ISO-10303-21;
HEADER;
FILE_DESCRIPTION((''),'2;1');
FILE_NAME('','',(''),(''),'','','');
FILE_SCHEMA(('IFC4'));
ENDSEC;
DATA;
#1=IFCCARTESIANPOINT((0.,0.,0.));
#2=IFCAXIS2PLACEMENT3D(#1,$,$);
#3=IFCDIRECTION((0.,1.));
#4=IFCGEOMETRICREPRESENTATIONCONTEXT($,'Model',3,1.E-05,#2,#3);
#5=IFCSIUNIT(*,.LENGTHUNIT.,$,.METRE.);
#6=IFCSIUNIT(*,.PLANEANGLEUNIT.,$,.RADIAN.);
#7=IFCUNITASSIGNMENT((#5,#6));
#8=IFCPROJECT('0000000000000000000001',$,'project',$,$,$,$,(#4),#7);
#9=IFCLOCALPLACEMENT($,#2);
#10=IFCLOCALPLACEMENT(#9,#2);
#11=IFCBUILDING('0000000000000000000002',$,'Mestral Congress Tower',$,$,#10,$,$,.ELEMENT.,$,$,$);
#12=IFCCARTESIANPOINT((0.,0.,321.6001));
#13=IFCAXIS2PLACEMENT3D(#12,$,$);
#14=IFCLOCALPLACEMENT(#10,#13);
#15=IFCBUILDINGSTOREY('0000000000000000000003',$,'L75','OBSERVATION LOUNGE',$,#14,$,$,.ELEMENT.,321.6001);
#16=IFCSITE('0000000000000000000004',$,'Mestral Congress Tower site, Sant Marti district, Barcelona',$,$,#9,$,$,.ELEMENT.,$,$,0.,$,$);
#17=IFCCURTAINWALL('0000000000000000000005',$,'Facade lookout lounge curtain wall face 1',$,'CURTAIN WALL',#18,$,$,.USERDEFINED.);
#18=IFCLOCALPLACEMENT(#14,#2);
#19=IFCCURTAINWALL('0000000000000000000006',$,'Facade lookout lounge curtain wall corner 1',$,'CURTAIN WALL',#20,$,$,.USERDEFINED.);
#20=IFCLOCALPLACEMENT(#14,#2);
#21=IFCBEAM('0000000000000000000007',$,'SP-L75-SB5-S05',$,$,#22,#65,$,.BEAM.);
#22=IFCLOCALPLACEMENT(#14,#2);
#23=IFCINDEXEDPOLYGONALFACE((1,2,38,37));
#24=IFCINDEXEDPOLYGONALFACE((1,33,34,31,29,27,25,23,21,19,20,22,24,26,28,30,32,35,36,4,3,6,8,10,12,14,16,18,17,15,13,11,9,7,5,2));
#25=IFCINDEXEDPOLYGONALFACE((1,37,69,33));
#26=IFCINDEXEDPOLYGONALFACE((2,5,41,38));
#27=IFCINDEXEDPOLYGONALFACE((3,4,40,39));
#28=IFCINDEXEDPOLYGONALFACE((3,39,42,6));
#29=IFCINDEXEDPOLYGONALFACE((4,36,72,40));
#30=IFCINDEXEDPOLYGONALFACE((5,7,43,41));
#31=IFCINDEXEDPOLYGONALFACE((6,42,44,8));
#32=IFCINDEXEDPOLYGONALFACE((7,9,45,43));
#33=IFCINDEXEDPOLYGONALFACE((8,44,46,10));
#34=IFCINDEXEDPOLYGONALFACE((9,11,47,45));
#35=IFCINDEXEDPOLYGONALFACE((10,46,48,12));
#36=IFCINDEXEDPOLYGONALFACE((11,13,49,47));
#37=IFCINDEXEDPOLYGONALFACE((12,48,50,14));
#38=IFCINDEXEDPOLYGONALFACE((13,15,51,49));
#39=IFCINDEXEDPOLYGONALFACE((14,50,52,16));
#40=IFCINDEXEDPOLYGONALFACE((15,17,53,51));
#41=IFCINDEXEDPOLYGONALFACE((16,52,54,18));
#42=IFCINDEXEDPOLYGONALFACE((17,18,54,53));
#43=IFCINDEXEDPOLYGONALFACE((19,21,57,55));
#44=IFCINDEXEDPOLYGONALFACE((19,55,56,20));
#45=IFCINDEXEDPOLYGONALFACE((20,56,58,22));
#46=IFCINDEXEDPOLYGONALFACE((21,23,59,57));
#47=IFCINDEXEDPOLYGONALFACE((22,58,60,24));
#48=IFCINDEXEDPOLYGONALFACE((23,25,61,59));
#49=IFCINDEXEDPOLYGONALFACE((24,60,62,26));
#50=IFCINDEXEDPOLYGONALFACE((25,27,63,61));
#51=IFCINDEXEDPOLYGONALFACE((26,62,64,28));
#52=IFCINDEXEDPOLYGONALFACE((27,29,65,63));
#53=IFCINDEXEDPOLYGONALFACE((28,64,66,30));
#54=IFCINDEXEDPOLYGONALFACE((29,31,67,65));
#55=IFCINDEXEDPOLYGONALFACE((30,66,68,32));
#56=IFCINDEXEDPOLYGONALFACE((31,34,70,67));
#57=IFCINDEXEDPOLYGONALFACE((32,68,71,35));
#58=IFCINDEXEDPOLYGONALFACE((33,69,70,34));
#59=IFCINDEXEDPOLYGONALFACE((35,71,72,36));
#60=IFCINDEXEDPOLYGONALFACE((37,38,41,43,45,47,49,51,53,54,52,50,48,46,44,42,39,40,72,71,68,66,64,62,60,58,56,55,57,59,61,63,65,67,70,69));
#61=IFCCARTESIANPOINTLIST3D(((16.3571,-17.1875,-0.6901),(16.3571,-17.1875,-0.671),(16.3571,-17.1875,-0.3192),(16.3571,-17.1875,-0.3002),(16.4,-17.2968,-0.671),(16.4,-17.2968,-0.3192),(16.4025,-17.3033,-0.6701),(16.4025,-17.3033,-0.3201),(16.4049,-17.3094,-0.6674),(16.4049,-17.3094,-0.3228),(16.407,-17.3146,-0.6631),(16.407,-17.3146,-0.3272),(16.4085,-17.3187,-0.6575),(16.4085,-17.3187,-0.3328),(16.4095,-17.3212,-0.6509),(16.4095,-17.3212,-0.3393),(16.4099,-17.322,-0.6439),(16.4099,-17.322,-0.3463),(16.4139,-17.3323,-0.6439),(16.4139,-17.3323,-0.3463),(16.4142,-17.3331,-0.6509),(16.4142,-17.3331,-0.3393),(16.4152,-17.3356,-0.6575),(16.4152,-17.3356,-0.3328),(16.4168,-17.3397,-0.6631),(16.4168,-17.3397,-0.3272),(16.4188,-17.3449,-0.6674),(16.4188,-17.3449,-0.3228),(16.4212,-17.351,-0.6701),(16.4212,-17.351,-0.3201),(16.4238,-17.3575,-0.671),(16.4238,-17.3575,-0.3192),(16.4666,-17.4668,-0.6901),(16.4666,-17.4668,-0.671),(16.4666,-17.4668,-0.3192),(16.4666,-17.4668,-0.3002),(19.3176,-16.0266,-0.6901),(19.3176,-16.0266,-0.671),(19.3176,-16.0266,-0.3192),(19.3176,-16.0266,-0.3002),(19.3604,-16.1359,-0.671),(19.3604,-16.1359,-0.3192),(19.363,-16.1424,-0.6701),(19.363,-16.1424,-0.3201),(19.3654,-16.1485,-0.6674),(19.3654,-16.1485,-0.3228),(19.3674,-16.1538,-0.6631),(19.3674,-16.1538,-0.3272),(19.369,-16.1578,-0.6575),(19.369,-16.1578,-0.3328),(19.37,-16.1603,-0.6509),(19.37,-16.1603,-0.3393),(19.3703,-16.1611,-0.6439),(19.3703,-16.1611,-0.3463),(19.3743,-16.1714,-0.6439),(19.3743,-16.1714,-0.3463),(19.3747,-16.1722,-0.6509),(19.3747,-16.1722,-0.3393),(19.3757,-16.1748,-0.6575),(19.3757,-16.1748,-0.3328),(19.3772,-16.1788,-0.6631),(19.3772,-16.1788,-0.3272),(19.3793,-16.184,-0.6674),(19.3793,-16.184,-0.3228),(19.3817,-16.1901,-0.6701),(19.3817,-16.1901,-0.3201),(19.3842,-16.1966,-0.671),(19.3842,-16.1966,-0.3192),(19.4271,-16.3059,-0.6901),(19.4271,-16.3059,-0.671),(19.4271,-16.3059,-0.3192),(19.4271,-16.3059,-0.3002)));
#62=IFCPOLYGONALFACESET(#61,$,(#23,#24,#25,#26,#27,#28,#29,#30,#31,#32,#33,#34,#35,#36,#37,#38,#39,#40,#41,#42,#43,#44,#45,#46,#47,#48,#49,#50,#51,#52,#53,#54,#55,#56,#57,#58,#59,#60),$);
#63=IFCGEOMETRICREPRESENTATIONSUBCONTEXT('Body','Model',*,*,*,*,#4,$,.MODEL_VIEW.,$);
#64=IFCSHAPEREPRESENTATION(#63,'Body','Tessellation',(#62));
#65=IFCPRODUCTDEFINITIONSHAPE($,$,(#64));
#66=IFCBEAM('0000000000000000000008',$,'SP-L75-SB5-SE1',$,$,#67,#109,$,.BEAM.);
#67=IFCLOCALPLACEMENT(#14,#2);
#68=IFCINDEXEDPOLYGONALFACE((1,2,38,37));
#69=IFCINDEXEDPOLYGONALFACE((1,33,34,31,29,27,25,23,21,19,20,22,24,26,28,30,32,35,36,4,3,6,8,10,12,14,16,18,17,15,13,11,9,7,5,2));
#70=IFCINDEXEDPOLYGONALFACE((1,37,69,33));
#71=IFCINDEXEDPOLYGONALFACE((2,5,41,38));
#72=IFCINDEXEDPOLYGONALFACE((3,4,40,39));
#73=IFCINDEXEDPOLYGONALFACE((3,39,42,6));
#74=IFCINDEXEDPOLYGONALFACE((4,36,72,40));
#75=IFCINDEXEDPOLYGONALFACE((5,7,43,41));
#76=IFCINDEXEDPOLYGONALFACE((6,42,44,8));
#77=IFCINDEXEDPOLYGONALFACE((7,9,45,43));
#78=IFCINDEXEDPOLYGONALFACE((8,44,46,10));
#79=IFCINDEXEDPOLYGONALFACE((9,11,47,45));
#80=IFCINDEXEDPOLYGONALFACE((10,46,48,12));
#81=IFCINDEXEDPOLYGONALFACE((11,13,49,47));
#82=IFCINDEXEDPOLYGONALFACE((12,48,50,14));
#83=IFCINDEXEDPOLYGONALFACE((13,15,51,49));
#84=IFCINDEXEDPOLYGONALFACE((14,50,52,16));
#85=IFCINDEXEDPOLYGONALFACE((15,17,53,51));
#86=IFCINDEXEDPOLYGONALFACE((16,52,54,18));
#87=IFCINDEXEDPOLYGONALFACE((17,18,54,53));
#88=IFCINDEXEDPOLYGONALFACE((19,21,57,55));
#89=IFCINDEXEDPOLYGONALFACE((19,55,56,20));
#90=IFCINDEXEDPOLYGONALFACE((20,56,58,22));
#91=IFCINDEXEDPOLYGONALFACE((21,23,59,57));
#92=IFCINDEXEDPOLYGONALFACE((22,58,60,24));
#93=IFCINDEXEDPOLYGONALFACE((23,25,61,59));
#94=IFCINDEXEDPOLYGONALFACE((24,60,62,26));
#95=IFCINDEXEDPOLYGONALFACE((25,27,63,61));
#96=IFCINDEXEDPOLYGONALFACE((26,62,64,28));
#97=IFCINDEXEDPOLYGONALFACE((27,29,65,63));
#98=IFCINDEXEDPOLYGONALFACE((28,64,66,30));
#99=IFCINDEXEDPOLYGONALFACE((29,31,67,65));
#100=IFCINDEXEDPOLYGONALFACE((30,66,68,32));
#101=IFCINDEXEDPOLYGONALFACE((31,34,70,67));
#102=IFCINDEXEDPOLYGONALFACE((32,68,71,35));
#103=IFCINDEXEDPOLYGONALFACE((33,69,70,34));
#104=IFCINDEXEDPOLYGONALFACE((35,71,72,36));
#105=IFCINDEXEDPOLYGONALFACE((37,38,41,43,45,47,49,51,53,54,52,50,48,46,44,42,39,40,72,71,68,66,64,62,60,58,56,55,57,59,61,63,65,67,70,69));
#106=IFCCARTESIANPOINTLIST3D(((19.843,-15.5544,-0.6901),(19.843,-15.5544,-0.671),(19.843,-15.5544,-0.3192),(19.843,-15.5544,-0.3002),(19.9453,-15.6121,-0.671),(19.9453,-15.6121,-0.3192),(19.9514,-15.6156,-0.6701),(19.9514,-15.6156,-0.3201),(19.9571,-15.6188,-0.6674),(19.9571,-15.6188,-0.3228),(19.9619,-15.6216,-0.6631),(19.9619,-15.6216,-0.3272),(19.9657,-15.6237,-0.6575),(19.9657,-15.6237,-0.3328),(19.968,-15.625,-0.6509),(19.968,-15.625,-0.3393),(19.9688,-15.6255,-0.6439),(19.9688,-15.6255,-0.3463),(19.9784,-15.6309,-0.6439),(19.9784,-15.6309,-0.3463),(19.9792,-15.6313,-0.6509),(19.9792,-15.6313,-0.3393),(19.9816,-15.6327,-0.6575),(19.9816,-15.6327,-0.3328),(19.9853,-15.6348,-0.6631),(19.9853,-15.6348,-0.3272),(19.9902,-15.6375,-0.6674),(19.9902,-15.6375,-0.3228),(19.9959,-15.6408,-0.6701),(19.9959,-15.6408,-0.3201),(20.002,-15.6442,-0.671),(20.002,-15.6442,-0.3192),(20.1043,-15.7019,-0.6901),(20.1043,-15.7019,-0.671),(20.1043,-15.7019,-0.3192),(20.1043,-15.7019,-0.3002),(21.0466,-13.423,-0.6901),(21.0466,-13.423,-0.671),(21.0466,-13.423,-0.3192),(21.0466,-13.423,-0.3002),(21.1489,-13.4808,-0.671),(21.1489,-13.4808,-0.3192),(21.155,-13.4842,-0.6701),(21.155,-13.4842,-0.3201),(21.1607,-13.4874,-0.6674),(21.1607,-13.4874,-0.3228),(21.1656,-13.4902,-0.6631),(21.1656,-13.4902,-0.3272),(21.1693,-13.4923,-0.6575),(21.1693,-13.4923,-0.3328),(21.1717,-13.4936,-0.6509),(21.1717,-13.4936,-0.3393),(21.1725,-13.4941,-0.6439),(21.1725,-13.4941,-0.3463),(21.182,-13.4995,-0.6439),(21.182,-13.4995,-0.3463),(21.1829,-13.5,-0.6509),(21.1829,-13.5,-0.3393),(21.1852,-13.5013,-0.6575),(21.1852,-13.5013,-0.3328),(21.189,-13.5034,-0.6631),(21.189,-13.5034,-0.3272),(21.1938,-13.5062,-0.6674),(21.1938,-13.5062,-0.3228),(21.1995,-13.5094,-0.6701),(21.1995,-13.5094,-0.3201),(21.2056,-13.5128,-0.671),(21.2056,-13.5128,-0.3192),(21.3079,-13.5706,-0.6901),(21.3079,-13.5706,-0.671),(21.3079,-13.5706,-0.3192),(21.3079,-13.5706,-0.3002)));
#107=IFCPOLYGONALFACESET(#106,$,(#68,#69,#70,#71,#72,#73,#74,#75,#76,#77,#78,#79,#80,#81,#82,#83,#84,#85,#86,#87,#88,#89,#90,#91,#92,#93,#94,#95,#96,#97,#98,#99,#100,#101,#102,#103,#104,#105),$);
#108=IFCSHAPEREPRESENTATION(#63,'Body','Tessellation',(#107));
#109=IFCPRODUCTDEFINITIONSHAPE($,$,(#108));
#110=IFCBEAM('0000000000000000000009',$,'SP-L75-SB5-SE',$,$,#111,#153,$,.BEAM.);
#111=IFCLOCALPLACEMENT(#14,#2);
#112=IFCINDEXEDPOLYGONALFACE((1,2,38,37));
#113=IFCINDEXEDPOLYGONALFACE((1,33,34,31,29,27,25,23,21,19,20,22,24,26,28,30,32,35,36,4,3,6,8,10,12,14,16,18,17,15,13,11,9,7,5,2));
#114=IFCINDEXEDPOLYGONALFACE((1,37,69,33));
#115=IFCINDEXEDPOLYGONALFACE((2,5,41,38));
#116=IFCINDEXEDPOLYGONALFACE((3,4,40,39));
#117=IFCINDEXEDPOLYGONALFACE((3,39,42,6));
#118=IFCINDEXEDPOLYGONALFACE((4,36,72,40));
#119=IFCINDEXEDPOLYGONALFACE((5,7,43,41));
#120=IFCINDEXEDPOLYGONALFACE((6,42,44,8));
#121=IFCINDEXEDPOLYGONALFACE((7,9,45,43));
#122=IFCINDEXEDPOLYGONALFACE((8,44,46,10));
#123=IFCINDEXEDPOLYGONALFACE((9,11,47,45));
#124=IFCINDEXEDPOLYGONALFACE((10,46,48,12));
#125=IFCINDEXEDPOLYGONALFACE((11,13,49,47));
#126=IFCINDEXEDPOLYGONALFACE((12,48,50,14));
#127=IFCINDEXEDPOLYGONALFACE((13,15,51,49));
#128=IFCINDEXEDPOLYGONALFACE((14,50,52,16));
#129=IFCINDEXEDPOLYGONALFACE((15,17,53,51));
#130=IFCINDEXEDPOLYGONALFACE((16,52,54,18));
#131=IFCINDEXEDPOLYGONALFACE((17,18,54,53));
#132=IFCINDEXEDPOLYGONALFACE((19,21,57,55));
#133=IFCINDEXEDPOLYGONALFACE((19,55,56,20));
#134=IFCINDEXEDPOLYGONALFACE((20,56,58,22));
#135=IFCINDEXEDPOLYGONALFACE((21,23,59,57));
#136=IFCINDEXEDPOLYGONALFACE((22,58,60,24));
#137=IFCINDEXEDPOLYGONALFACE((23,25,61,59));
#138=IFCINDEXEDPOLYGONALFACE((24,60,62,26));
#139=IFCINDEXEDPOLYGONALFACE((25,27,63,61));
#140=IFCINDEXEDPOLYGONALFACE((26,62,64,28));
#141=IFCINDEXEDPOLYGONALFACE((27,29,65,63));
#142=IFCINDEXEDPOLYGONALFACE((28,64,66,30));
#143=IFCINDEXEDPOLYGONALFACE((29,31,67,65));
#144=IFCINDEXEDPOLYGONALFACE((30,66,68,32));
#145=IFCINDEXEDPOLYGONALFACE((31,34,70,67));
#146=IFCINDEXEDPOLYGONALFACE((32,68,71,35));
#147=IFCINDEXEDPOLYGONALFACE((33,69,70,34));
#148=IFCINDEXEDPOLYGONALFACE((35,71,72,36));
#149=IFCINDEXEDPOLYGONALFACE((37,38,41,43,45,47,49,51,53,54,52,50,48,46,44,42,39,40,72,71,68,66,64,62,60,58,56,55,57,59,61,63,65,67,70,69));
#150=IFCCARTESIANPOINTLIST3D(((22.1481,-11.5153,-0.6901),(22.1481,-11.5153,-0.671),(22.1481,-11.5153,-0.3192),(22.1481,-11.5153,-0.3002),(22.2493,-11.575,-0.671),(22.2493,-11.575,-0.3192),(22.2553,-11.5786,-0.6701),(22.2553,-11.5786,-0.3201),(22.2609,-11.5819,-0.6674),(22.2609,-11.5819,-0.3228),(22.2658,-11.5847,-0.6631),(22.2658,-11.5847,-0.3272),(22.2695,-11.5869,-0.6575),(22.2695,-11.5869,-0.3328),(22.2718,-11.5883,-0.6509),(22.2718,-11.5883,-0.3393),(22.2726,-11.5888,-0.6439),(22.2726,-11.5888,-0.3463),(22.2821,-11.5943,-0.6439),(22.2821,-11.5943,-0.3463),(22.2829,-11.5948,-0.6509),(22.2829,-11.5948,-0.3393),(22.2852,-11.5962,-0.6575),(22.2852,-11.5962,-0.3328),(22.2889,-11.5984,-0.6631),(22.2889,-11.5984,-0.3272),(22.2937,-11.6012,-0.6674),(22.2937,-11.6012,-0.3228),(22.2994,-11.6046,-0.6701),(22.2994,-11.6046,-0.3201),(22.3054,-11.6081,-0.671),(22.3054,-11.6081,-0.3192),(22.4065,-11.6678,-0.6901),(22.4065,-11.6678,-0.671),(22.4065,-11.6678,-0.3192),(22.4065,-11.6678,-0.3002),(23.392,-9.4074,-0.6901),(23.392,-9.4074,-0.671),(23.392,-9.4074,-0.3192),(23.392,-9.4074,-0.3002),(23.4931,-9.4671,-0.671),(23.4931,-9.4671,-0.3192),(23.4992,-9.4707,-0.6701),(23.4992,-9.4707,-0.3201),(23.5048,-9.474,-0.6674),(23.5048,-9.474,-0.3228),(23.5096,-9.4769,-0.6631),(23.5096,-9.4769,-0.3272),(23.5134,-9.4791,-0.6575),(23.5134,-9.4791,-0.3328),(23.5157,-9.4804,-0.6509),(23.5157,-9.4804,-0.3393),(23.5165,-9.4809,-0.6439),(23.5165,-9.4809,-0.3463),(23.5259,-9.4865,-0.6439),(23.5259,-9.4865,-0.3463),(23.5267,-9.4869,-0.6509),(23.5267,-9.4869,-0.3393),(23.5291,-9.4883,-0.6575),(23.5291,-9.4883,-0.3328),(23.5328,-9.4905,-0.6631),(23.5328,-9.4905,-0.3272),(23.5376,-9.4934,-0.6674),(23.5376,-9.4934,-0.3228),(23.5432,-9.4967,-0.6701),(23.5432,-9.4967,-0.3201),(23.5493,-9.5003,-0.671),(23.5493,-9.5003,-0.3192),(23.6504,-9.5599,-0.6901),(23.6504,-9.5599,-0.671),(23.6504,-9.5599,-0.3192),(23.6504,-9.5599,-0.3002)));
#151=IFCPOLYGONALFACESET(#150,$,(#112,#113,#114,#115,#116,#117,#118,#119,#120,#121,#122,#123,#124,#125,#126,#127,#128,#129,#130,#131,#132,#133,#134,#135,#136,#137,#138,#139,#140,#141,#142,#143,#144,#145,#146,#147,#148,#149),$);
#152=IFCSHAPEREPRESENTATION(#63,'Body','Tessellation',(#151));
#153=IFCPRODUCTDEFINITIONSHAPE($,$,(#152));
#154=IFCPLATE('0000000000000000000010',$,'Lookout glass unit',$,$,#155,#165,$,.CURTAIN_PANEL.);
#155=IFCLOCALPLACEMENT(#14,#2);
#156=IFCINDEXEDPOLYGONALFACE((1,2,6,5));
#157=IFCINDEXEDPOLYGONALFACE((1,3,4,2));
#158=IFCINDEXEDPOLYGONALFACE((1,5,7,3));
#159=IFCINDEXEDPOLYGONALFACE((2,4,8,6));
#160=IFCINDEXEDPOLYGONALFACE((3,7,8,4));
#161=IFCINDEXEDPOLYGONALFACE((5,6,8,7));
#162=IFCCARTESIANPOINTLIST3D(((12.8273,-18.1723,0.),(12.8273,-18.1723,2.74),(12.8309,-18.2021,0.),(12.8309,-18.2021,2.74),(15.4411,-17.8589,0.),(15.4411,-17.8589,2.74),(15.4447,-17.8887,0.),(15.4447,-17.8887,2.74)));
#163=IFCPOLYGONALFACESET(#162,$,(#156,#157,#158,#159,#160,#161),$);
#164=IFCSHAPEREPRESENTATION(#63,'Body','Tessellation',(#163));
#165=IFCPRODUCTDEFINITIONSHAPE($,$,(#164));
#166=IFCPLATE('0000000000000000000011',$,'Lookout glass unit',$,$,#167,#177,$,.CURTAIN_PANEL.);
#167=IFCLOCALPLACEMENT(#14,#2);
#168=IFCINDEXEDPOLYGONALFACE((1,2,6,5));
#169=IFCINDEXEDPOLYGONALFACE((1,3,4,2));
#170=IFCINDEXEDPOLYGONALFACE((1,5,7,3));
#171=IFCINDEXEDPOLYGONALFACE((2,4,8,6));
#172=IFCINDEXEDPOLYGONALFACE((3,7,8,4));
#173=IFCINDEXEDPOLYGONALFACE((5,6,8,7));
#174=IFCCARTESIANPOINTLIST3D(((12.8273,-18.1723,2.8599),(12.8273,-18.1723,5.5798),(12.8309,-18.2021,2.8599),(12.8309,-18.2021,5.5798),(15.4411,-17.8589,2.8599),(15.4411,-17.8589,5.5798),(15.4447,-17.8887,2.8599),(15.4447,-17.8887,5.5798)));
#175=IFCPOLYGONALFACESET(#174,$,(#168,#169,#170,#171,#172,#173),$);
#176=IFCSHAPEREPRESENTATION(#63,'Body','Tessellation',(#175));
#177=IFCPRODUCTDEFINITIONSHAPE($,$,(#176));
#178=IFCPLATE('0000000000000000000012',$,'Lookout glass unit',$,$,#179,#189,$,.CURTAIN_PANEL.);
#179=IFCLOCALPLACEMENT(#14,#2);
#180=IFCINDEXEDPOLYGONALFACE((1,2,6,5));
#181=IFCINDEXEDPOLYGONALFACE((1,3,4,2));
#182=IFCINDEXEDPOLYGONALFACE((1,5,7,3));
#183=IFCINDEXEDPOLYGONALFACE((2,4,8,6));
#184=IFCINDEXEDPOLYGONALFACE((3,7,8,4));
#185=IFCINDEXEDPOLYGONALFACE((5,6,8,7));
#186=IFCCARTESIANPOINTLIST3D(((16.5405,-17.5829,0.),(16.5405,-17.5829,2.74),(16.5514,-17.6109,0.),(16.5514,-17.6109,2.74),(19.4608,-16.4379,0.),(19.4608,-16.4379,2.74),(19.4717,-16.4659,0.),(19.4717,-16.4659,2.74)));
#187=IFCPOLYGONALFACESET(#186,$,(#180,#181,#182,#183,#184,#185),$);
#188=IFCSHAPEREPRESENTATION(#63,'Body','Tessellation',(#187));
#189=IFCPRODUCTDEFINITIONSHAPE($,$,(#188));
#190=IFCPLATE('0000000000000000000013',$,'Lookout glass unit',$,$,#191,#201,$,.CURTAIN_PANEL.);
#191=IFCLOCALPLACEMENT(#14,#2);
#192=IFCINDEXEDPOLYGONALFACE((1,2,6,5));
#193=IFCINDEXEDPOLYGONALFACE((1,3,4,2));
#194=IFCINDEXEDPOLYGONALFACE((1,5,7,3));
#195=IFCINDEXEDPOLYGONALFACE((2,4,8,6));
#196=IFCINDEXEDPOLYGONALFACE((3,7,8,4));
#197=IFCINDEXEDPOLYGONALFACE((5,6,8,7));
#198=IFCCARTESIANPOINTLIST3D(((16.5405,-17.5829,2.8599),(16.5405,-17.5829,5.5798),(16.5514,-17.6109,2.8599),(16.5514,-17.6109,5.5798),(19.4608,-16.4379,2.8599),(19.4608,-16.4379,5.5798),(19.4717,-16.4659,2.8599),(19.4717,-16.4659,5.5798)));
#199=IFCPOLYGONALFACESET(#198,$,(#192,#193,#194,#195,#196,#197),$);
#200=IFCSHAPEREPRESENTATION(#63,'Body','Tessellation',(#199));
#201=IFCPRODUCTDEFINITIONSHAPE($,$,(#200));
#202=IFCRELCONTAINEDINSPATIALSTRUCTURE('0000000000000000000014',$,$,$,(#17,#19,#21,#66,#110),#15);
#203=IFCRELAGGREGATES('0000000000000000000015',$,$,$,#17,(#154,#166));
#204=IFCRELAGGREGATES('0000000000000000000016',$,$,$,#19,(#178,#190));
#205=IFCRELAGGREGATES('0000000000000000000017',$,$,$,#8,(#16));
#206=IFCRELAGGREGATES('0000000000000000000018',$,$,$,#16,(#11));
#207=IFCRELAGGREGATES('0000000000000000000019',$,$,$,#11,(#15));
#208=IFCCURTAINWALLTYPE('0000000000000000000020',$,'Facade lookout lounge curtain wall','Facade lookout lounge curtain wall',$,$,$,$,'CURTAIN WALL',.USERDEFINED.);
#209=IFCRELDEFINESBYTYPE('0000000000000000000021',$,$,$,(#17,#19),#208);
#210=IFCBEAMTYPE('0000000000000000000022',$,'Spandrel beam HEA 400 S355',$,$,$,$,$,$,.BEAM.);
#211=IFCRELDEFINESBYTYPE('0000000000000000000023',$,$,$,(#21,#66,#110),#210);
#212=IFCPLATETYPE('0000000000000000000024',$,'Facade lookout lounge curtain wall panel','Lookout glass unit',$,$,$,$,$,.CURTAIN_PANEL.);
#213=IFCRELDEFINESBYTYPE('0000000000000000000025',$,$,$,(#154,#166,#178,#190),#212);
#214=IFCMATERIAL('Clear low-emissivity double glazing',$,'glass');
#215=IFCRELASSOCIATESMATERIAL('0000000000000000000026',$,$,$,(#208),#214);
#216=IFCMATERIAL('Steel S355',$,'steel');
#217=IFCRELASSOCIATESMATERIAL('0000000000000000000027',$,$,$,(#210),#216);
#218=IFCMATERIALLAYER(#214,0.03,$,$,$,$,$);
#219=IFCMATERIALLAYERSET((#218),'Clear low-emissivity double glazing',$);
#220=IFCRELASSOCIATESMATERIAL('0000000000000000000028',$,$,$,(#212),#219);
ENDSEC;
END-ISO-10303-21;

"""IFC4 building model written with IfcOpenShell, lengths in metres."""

from ifc_helpers import new_model, si_unit, direction, frame, origin, origin_2d, place, context, subcontext, project, spatial, rectangle, i_section, extrude, material, layer, layer_set, material_profile, profile_set, type_object, element, aggregate, save


model = new_model("IFC4")

# Units and contexts
model_context = context("Model", 3, precision=1e-05, world=origin(), true_north=direction((0.0, 1.0)))
body_context = subcontext(model_context, "Body", "Model", "MODEL_VIEW")
ifc_project = project(units=[si_unit("LENGTHUNIT", "METRE"), si_unit("PLANEANGLEUNIT", "RADIAN")], contexts=[model_context])

# Site, building, storey
site_placement = place(None, origin())
site = spatial("IfcSite", under=ifc_project, at=site_placement, Name="Mestral Congress Tower site, Sant Marti district, Barcelona", CompositionType="ELEMENT", RefElevation=0.0)
building_placement = place(site_placement, origin())
building = spatial("IfcBuilding", under=site, at=building_placement, Name="Mestral Congress Tower", CompositionType="ELEMENT")
storey_placement = place(building_placement, frame((0.0, 0.0, 321.6001)))
storey = spatial("IfcBuildingStorey", under=building, at=storey_placement, Name="L75", Description="OBSERVATION LOUNGE", CompositionType="ELEMENT", Elevation=321.6001)

# Curtain wall
ifc_material_1 = material(Name="Clear low-emissivity double glazing", Category="glass")
curtain_wall_type = type_object("IfcCurtainWallType", Name="Facade lookout lounge curtain wall", Description="Facade lookout lounge curtain wall", ElementType="CURTAIN WALL", PredefinedType="USERDEFINED", material=ifc_material_1)
placement = place(storey_placement, origin())
curtain_wall_1 = element("IfcCurtainWall", 1, at=placement, inside=storey, type_object=curtain_wall_type, Name="Facade lookout lounge curtain wall face 1", ObjectType="CURTAIN WALL", PredefinedType="USERDEFINED")

# Curtain wall
curtain_wall_2 = element("IfcCurtainWall", 2, at=placement, inside=storey, type_object=curtain_wall_type, Name="Facade lookout lounge curtain wall corner 1", ObjectType="CURTAIN WALL", PredefinedType="USERDEFINED")

# Beams
ifc_material_2 = material(Name="Steel S355", Category="steel")
ifc_material_profile_1 = material_profile(ifc_material_2, i_section(OverallWidth=0.3, OverallDepth=0.3899, WebThickness=0.011, FlangeThickness=0.019, FilletRadius=0.0271, at=origin_2d()), Name="HEA 400")
ifc_profile_set_1 = profile_set([ifc_material_profile_1], Name="Steel S355")
beam_type_1 = type_object("IfcBeamType", Name="Spandrel beam HEA 400 S355", PredefinedType="BEAM", material=ifc_profile_set_1)
beam_1_placement = place(storey_placement, frame((16.4119, -17.3271, -0.4951), z_axis=(0.930981, 0.365068, 0.0), x_axis=(-0.365068, 0.930981, 0.0)))
element("IfcBeam", 3, at=beam_1_placement, inside=storey, type_object=beam_type_1, Name="SP-L75-SB5-S05", PredefinedType="BEAM", context=body_context, shape_type="SweptSolid", body=[
    extrude(i_section(OverallWidth=0.3, OverallDepth=0.3899, WebThickness=0.011, FlangeThickness=0.019, FilletRadius=0.0271, at=origin_2d()), origin(), (0.0, 0.0, 1.0), 3.1799),
])
beam_2_placement = place(storey_placement, frame((19.9736, -15.6282, -0.4951), z_axis=(0.491729, 0.870749, 0.0), x_axis=(-0.870749, 0.491729, 0.0)))
element("IfcBeam", 4, at=beam_2_placement, inside=storey, type_object=beam_type_1, Name="SP-L75-SB5-SE1", PredefinedType="BEAM", context=body_context, shape_type="SweptSolid", body=[
    extrude(i_section(OverallWidth=0.3, OverallDepth=0.3899, WebThickness=0.011, FlangeThickness=0.019, FilletRadius=0.0271, at=origin_2d()), origin(), (0.0, 0.0, 1.0), 2.4478),
])
beam_3_placement = place(storey_placement, frame((22.2773, -11.5916, -0.4951), z_axis=(0.508218, 0.861228, 0.0), x_axis=(-0.861228, 0.508218, 0.0)))
element("IfcBeam", 5, at=beam_3_placement, inside=storey, type_object=beam_type_1, Name="SP-L75-SB5-SE", PredefinedType="BEAM", context=body_context, shape_type="SweptSolid", body=[
    extrude(i_section(OverallWidth=0.3, OverallDepth=0.3899, WebThickness=0.011, FlangeThickness=0.019, FilletRadius=0.0271, at=origin_2d()), origin(), (0.0, 0.0, 1.0), 2.4475),
])

# Plates
ifc_layer_1 = layer(ifc_material_1, 0.03)
ifc_layer_set_1 = layer_set([ifc_layer_1], Name="Clear low-emissivity double glazing")
plate_type = type_object("IfcPlateType", Name="Facade lookout lounge curtain wall panel", Description="Lookout glass unit", PredefinedType="CURTAIN_PANEL", material=ifc_layer_set_1)
plate_1_placement = place(storey_placement, frame((14.136, -18.0305, 0.0), z_axis=(0.0, 0.0, 1.0), x_axis=(0.992887, 0.119057, 0.0)))
plate_1 = element("IfcPlate", 6, at=plate_1_placement, type_object=plate_type, Name="Lookout glass unit", PredefinedType="CURTAIN_PANEL", context=body_context, shape_type="SweptSolid", body=[
    extrude(rectangle(XDim=2.6326, YDim=0.03, at=origin_2d()), origin(), (0.0, 0.0, 1.0), 2.74),
])
plate_2_placement = place(storey_placement, frame((14.136, -18.0305, 2.8599), z_axis=(0.0, 0.0, 1.0), x_axis=(0.992887, 0.119057, 0.0)))
plate_2 = element("IfcPlate", 7, at=plate_2_placement, type_object=plate_type, Name="Lookout glass unit", PredefinedType="CURTAIN_PANEL", context=body_context, shape_type="SweptSolid", body=[
    extrude(rectangle(XDim=2.6326, YDim=0.03, at=origin_2d()), origin(), (0.0, 0.0, 1.0), 2.72),
])
aggregate(curtain_wall_1, [plate_1, plate_2])
plate_3_placement = place(storey_placement, frame((18.0061, -17.0244, 0.0), z_axis=(0.0, 0.0, 1.0), x_axis=(0.930998, 0.365023, 0.0)))
plate_3 = element("IfcPlate", 8, at=plate_3_placement, type_object=plate_type, Name="Lookout glass unit", PredefinedType="CURTAIN_PANEL", context=body_context, shape_type="SweptSolid", body=[
    extrude(rectangle(XDim=3.1367, YDim=0.03, at=origin_2d()), origin(), (0.0, 0.0, 1.0), 2.74),
])
plate_4_placement = place(storey_placement, frame((18.0061, -17.0244, 2.8599), z_axis=(0.0, 0.0, 1.0), x_axis=(0.930998, 0.365023, 0.0)))
plate_4 = element("IfcPlate", 9, at=plate_4_placement, type_object=plate_type, Name="Lookout glass unit", PredefinedType="CURTAIN_PANEL", context=body_context, shape_type="SweptSolid", body=[
    extrude(rectangle(XDim=3.1367, YDim=0.03, at=origin_2d()), origin(), (0.0, 0.0, 1.0), 2.72),
])
aggregate(curtain_wall_2, [plate_3, plate_4])

save(model, "model.ifc")
